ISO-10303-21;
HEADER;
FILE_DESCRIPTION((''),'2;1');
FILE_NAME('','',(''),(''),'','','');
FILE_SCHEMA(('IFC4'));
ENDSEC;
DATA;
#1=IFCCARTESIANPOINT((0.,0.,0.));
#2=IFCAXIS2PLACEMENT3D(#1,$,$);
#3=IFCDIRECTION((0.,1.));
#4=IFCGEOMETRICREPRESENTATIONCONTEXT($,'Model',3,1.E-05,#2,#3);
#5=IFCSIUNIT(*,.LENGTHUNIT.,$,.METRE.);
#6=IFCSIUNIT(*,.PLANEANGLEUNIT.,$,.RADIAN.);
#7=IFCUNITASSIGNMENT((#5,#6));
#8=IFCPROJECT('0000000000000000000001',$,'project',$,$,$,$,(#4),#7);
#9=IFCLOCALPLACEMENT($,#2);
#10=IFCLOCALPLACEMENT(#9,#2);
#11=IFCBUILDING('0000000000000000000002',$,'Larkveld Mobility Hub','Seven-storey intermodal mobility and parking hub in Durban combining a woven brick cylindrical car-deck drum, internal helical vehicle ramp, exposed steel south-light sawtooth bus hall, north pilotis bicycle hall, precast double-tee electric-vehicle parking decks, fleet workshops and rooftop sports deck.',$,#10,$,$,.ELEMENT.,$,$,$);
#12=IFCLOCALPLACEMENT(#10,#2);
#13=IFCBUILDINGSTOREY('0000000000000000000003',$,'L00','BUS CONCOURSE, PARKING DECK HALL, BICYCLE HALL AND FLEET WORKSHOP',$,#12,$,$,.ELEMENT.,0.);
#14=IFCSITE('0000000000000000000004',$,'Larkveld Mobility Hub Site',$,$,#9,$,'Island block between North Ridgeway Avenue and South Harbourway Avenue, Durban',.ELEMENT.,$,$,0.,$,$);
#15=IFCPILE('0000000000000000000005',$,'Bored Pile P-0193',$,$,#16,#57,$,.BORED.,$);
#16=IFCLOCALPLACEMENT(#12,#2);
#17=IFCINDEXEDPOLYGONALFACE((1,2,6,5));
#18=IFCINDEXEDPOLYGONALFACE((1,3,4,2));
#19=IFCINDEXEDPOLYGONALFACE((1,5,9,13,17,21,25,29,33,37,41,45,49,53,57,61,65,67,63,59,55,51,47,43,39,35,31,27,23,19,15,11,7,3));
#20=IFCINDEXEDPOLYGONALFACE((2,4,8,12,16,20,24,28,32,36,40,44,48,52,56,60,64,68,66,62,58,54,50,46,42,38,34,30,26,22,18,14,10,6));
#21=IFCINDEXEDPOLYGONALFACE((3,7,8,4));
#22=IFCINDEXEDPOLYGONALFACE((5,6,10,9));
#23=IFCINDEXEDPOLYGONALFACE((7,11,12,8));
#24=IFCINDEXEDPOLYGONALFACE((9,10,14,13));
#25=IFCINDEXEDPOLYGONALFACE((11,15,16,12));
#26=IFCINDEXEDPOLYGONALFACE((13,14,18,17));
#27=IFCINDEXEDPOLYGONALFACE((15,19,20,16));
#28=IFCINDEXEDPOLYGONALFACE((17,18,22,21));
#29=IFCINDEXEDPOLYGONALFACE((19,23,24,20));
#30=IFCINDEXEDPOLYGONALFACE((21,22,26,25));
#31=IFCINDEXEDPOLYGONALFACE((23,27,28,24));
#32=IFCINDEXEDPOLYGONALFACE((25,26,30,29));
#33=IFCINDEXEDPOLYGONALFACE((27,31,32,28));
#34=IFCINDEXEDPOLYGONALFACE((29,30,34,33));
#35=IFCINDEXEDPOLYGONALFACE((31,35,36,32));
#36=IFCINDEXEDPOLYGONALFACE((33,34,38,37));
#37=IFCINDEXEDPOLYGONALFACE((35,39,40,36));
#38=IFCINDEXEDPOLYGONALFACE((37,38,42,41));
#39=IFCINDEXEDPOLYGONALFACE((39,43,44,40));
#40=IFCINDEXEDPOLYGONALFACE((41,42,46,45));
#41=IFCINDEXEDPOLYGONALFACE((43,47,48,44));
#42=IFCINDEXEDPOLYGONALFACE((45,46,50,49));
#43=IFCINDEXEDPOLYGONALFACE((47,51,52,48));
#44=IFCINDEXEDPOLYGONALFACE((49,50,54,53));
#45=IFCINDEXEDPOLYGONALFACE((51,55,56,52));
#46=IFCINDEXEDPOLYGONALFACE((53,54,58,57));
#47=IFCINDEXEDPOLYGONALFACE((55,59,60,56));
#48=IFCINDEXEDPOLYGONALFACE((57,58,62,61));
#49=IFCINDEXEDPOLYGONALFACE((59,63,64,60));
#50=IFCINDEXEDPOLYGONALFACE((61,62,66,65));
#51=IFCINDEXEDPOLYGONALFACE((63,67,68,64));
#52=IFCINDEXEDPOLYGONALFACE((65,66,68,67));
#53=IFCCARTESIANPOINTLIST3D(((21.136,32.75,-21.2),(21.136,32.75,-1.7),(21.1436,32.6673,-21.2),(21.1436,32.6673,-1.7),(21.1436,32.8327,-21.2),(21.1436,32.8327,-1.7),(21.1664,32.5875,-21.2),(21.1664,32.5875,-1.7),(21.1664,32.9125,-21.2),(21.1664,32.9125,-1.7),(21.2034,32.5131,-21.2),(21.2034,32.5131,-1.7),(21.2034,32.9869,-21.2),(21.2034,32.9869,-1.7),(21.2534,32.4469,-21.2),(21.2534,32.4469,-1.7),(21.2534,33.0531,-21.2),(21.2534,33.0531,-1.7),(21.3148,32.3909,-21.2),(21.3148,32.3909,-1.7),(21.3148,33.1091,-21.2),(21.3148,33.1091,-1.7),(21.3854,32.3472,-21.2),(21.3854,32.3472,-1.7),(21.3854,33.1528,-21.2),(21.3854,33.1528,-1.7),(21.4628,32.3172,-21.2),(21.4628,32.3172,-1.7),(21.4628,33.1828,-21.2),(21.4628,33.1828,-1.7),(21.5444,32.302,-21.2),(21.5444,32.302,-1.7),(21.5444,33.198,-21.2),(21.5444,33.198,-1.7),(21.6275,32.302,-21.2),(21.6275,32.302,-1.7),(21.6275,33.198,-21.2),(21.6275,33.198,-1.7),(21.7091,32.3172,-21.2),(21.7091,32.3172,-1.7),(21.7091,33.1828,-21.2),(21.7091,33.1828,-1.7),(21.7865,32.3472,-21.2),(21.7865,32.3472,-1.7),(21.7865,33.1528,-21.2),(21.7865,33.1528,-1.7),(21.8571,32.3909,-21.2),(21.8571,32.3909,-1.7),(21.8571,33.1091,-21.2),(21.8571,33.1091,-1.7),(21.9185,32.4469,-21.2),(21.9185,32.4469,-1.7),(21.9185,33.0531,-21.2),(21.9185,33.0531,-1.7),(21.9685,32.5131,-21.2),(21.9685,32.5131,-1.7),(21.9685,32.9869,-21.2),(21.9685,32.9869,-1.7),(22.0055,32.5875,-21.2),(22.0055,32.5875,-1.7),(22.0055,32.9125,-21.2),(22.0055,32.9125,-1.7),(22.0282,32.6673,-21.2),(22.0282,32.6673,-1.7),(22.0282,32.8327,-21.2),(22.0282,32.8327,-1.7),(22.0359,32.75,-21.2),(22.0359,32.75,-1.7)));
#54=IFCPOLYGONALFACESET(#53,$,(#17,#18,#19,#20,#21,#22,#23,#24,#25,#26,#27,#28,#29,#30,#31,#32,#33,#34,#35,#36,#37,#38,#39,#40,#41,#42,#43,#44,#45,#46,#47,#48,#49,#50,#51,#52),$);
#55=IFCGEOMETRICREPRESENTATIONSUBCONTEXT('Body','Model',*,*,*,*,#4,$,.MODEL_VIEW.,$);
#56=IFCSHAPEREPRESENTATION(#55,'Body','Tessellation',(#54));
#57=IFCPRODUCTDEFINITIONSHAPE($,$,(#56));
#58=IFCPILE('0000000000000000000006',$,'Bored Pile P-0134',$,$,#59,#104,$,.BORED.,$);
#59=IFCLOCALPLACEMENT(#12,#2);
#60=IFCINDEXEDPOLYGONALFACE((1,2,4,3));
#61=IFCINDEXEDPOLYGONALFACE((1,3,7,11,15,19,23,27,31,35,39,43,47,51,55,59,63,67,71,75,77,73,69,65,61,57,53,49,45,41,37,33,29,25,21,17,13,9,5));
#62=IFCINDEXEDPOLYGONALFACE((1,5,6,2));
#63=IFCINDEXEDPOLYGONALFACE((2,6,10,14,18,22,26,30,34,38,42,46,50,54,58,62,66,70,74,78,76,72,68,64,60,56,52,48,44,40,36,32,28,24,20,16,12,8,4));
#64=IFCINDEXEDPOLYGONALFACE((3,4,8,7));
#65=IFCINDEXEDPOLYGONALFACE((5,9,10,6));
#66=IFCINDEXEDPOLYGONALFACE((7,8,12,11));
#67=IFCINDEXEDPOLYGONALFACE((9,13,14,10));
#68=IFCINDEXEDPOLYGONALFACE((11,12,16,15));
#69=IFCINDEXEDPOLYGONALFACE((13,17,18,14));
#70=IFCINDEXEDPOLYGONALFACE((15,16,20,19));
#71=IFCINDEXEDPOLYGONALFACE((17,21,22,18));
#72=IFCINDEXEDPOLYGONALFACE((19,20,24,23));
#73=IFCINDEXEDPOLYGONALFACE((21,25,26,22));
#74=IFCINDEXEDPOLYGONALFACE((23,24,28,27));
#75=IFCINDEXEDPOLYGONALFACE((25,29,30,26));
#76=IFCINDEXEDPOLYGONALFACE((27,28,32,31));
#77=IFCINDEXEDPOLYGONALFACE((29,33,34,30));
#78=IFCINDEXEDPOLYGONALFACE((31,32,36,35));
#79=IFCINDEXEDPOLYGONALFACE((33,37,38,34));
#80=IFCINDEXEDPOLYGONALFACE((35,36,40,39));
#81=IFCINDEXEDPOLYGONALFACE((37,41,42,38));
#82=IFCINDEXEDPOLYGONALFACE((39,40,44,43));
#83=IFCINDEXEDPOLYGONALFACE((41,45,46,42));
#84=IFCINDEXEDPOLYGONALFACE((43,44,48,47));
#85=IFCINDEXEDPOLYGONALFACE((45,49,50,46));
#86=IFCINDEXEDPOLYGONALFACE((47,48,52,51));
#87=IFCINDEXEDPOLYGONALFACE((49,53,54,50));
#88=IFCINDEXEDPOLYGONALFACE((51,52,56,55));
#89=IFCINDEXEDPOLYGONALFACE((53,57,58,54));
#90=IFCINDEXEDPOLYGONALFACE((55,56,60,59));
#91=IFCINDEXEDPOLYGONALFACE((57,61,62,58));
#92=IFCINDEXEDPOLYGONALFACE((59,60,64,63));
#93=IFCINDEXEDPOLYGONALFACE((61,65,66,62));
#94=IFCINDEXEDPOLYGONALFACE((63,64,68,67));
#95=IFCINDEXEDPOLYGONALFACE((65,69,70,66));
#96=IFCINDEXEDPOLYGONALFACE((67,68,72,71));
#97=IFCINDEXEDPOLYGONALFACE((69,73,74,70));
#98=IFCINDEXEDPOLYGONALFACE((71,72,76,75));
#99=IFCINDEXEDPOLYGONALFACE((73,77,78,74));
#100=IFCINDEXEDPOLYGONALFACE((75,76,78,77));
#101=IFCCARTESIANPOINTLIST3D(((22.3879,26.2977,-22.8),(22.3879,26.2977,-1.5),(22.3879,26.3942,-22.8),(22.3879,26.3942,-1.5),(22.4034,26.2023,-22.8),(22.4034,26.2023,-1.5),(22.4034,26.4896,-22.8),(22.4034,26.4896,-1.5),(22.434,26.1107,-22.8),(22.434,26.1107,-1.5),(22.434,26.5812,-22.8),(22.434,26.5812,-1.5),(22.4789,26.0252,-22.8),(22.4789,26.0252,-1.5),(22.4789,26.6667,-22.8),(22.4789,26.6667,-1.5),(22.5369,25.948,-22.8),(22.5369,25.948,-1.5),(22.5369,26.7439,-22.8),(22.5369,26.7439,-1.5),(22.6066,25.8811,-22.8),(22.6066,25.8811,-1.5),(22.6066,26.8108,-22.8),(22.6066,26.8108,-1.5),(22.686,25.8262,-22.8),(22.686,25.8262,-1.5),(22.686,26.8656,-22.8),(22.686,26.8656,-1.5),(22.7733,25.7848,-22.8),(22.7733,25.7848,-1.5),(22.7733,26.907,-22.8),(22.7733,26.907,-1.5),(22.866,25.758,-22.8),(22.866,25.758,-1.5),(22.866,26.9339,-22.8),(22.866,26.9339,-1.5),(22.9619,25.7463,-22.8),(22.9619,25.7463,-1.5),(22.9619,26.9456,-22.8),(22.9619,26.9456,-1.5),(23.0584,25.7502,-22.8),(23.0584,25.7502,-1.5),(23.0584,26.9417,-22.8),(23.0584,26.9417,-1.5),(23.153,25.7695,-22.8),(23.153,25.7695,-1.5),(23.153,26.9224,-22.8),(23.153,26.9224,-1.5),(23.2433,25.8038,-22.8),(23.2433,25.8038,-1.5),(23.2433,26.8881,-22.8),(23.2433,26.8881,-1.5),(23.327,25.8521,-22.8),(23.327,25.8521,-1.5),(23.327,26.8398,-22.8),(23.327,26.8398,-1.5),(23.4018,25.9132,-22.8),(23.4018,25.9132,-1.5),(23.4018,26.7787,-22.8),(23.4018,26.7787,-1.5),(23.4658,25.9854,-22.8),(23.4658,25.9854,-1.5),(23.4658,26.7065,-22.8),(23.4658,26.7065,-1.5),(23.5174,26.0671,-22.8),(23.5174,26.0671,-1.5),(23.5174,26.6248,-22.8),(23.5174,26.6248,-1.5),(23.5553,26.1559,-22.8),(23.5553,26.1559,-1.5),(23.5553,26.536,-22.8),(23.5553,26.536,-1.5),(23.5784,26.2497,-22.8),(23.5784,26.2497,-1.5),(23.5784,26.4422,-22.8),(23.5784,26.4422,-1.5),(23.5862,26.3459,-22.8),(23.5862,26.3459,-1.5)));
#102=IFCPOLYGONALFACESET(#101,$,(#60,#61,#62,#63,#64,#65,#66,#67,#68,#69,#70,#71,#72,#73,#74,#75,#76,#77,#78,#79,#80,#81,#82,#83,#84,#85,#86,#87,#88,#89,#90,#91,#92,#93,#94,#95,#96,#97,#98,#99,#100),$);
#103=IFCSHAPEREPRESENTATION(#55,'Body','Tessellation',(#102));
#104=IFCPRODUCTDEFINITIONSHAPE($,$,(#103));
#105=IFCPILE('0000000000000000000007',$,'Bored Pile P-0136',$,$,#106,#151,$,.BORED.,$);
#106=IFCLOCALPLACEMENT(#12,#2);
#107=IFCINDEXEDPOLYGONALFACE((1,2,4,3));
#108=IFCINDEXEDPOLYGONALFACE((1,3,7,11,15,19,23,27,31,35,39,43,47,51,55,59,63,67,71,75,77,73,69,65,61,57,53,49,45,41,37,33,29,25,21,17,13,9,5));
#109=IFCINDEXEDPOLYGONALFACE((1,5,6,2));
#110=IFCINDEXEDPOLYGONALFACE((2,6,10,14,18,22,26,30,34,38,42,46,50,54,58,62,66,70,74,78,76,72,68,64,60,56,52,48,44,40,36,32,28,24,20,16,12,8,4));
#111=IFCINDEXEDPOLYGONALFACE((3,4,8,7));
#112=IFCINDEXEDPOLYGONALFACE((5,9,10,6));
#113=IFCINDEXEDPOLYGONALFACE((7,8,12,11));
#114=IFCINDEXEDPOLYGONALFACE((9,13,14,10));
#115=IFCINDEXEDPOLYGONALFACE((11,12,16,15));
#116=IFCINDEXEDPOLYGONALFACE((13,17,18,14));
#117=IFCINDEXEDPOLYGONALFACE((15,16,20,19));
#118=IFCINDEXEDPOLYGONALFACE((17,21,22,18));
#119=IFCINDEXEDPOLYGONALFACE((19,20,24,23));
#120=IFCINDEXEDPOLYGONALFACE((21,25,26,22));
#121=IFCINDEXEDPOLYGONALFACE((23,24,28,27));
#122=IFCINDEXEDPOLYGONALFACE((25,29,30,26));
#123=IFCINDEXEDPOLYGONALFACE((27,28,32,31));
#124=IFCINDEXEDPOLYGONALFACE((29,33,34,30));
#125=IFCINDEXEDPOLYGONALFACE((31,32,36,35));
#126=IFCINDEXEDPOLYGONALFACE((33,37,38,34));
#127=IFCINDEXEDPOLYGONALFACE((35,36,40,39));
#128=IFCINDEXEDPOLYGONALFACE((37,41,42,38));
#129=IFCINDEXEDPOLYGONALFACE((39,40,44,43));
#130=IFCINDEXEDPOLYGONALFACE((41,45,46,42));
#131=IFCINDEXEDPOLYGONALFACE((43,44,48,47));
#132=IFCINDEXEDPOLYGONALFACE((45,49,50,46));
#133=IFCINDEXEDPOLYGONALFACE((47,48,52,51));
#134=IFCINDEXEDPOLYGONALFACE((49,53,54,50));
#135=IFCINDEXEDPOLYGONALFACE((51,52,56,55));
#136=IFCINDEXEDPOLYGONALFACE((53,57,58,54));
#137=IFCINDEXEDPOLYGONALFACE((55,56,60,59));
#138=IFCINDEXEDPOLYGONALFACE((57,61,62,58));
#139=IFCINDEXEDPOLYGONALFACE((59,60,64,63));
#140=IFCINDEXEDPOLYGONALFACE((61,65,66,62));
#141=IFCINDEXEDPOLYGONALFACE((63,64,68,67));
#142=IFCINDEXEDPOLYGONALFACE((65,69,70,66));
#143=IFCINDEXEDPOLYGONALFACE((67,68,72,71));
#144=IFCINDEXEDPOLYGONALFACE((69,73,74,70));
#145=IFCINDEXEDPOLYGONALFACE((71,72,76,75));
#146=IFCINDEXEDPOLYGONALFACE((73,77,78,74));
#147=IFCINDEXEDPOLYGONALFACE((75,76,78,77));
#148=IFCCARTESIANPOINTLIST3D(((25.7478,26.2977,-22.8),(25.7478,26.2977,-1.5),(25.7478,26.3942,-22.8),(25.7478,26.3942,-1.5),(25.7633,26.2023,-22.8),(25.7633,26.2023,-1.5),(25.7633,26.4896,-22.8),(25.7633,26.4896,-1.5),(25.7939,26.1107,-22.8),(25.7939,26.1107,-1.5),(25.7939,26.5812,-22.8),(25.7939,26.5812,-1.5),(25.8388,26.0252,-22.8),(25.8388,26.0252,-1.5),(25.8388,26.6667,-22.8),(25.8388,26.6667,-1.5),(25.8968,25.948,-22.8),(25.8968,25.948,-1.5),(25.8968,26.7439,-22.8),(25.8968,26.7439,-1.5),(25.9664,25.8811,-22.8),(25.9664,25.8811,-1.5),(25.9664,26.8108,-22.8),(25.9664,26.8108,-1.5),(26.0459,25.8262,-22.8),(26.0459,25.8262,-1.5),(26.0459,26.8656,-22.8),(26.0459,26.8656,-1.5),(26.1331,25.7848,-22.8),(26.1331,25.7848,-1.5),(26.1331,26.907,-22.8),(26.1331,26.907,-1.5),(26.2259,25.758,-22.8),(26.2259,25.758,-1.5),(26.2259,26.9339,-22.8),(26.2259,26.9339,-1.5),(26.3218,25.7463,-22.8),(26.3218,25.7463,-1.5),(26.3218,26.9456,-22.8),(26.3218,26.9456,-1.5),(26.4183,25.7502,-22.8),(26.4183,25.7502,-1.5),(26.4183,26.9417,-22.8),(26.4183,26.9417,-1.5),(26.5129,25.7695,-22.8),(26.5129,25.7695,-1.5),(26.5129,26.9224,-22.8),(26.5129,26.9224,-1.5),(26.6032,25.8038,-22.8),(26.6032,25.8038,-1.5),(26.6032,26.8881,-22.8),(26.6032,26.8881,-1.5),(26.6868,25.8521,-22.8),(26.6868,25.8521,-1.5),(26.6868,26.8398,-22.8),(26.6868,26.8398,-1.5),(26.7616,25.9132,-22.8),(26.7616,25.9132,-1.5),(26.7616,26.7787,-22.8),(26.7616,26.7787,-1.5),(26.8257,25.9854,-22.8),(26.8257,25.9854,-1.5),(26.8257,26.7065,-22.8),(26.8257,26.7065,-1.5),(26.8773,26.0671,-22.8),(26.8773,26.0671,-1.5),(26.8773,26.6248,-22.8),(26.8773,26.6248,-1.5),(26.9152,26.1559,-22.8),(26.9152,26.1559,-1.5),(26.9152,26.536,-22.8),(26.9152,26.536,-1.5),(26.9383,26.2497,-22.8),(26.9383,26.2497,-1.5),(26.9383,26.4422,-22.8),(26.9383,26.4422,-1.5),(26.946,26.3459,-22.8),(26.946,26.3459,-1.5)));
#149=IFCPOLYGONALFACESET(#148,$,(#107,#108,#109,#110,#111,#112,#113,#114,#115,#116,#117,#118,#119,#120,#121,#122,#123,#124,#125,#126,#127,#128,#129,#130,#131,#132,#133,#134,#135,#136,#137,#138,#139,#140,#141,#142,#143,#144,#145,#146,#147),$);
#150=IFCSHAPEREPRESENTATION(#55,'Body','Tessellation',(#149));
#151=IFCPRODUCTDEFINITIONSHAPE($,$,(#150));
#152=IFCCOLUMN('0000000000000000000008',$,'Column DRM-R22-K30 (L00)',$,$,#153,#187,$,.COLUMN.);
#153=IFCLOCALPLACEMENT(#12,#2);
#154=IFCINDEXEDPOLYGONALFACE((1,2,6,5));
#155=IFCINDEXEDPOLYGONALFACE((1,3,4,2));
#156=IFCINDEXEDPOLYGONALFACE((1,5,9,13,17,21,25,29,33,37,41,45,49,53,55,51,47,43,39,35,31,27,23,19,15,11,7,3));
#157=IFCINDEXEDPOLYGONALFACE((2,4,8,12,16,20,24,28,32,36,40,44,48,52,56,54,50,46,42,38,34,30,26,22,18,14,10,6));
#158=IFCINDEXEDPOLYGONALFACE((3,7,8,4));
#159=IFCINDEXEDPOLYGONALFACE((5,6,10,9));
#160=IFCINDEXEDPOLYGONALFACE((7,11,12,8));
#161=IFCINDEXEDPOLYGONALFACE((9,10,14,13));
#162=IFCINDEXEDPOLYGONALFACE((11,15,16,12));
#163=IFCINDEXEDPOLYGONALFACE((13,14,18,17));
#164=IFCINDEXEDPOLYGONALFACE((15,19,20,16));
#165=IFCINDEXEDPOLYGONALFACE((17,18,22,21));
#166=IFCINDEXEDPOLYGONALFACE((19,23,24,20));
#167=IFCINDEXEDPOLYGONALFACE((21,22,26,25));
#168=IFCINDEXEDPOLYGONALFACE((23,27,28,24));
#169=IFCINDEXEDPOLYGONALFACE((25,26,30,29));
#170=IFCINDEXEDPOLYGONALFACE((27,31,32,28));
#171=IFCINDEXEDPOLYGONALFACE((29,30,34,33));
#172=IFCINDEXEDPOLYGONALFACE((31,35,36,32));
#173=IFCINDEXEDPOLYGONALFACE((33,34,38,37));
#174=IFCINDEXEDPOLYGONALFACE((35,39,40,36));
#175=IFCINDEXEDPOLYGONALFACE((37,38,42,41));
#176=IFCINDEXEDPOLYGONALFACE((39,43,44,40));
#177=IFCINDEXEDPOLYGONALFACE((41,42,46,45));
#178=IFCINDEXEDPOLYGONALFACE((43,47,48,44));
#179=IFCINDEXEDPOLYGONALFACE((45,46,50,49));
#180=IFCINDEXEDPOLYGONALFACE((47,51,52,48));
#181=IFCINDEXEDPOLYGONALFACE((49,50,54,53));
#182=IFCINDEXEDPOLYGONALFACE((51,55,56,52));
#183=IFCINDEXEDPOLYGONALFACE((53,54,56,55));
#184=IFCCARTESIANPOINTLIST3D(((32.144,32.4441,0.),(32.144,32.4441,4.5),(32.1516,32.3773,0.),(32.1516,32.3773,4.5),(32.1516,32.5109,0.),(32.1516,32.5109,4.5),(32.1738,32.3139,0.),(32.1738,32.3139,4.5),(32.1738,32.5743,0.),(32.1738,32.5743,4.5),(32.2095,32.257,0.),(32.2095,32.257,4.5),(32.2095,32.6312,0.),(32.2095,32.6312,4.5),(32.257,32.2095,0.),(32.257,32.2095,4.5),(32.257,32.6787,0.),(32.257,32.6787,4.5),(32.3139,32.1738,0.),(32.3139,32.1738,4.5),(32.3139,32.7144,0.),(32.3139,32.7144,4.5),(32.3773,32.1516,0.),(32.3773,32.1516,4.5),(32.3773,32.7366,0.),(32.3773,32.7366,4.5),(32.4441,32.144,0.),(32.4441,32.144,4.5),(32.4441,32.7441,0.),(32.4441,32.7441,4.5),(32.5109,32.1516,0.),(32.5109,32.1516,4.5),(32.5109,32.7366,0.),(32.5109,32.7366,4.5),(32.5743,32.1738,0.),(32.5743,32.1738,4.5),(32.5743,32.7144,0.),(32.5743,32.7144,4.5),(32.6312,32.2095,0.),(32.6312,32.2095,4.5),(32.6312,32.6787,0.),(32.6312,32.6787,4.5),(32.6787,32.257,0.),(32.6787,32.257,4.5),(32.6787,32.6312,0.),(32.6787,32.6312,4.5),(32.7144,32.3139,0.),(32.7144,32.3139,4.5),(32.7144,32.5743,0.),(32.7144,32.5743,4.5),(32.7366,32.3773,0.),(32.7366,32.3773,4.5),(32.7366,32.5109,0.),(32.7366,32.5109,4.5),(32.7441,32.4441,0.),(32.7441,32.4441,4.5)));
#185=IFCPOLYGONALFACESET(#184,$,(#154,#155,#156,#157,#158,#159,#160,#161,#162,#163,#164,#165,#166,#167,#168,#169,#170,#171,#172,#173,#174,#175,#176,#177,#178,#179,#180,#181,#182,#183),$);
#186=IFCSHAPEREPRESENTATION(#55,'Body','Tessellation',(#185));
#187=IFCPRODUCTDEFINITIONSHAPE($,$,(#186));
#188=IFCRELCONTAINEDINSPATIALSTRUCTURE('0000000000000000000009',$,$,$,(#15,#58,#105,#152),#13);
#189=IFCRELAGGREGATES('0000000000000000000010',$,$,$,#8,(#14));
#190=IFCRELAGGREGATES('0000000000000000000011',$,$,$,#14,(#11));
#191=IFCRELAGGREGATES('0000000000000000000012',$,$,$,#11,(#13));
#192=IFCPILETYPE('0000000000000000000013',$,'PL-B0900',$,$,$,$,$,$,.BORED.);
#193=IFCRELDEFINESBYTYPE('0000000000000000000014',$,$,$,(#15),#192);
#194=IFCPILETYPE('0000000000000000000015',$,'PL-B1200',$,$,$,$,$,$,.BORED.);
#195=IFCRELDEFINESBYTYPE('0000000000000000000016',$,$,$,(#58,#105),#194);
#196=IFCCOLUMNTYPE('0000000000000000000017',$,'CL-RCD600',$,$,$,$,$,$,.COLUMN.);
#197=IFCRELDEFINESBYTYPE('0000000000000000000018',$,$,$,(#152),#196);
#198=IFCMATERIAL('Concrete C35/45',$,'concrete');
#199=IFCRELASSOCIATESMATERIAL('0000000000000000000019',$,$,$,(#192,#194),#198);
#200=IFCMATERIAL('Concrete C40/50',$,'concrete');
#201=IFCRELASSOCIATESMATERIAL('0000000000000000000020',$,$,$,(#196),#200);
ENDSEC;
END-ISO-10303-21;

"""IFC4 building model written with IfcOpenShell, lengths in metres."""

from ifc_helpers import new_model, si_unit, direction, frame, origin, origin_2d, place, context, subcontext, project, spatial, circle, extrude, material, material_profile, profile_set, type_object, element, save


model = new_model("IFC4")

# Units and contexts
model_context = context("Model", 3, precision=1e-05, world=origin(), true_north=direction((0.0, 1.0)))
body_context = subcontext(model_context, "Body", "Model", "MODEL_VIEW")
ifc_project = project(units=[si_unit("LENGTHUNIT", "METRE"), si_unit("PLANEANGLEUNIT", "RADIAN")], contexts=[model_context])

# Site, building, storey
site_placement = place(None, origin())
site = spatial("IfcSite", under=ifc_project, at=site_placement, Name="Larkveld Mobility Hub Site", LongName="Island block between North Ridgeway Avenue and South Harbourway Avenue, Durban", CompositionType="ELEMENT", RefElevation=0.0)
building_placement = place(site_placement, origin())
building = spatial("IfcBuilding", under=site, at=building_placement, Name="Larkveld Mobility Hub", Description="Seven-storey intermodal mobility and parking hub in Durban combining a woven brick cylindrical car-deck drum, internal helical vehicle ramp, exposed steel south-light sawtooth bus hall, north pilotis bicycle hall, precast double-tee electric-vehicle parking decks, fleet workshops and rooftop sports deck.", CompositionType="ELEMENT")
storey_placement = place(building_placement, origin())
storey = spatial("IfcBuildingStorey", under=building, at=storey_placement, Name="L00", Description="BUS CONCOURSE, PARKING DECK HALL, BICYCLE HALL AND FLEET WORKSHOP", CompositionType="ELEMENT", Elevation=0.0)

# Shared definitions
ifc_material_1 = material(Name="Concrete C35/45", Category="concrete")

# Piles
ifc_material_profile_1 = material_profile(ifc_material_1, circle(Radius=0.45, at=origin_2d()), Name="PILE D900")
ifc_profile_set_1 = profile_set([ifc_material_profile_1], Name="Concrete C35/45")
pile_type_1 = type_object("IfcPileType", Name="PL-B0900", PredefinedType="BORED", material=ifc_profile_set_1)
pile_1_placement = place(storey_placement, frame((21.5859, 32.75, -1.7), z_axis=(0.0, 0.0, -1.0), x_axis=(1.0, 0.0, 0.0)))
element("IfcPile", 1, at=pile_1_placement, inside=storey, type_object=pile_type_1, Name="Bored Pile P-0193", PredefinedType="BORED", context=body_context, shape_type="SweptSolid", body=[
    extrude(circle(Radius=0.45, at=origin_2d()), origin(), (0.0, 0.0, 1.0), 19.5),
])
ifc_material_profile_2 = material_profile(ifc_material_1, circle(Radius=0.6001, at=origin_2d()), Name="PILE D1200")
ifc_profile_set_2 = profile_set([ifc_material_profile_2], Name="Concrete C35/45")
pile_type_2 = type_object("IfcPileType", Name="PL-B1200", PredefinedType="BORED", material=ifc_profile_set_2)
for number, where, z_axis, x_axis, name in (
    (2, (22.9861, 26.3459, -1.5), (0.0, 0.0, -1.0), (1.0, 0.0, 0.0), "Bored Pile P-0134"),
    (3, (26.3459, 26.3459, -1.5), (0.0, 0.0, -1.0), (1.0, 0.0, 0.0), "Bored Pile P-0136"),
):
    element("IfcPile", number, at=place(storey_placement, frame(where, z_axis=z_axis, x_axis=x_axis)), inside=storey, type_object=pile_type_2, Name=name, PredefinedType="BORED", context=body_context, shape_type="SweptSolid", body=[
        extrude(circle(Radius=0.6001, at=origin_2d()), origin(), (0.0, 0.0, 1.0), 21.3),
    ])

# Column
ifc_material_2 = material(Name="Concrete C40/50", Category="concrete")
ifc_material_profile_3 = material_profile(ifc_material_2, circle(Radius=0.3, at=origin_2d()), Name="RC COL D600")
ifc_profile_set_3 = profile_set([ifc_material_profile_3], Name="Concrete C40/50")
column_type_1 = type_object("IfcColumnType", Name="CL-RCD600", PredefinedType="COLUMN", material=ifc_profile_set_3)
column_placement = place(storey_placement, frame((32.4441, 32.4441, 0.0), z_axis=(0.0, 0.0, 1.0), x_axis=(1.0, 0.0, 0.0)))
element("IfcColumn", 4, at=column_placement, inside=storey, type_object=column_type_1, Name="Column DRM-R22-K30 (L00)", PredefinedType="COLUMN", context=body_context, shape_type="SweptSolid", body=[
    extrude(circle(Radius=0.3, at=origin_2d()), origin(), (0.0, 0.0, 1.0), 4.5),
])

save(model, "model.ifc")
